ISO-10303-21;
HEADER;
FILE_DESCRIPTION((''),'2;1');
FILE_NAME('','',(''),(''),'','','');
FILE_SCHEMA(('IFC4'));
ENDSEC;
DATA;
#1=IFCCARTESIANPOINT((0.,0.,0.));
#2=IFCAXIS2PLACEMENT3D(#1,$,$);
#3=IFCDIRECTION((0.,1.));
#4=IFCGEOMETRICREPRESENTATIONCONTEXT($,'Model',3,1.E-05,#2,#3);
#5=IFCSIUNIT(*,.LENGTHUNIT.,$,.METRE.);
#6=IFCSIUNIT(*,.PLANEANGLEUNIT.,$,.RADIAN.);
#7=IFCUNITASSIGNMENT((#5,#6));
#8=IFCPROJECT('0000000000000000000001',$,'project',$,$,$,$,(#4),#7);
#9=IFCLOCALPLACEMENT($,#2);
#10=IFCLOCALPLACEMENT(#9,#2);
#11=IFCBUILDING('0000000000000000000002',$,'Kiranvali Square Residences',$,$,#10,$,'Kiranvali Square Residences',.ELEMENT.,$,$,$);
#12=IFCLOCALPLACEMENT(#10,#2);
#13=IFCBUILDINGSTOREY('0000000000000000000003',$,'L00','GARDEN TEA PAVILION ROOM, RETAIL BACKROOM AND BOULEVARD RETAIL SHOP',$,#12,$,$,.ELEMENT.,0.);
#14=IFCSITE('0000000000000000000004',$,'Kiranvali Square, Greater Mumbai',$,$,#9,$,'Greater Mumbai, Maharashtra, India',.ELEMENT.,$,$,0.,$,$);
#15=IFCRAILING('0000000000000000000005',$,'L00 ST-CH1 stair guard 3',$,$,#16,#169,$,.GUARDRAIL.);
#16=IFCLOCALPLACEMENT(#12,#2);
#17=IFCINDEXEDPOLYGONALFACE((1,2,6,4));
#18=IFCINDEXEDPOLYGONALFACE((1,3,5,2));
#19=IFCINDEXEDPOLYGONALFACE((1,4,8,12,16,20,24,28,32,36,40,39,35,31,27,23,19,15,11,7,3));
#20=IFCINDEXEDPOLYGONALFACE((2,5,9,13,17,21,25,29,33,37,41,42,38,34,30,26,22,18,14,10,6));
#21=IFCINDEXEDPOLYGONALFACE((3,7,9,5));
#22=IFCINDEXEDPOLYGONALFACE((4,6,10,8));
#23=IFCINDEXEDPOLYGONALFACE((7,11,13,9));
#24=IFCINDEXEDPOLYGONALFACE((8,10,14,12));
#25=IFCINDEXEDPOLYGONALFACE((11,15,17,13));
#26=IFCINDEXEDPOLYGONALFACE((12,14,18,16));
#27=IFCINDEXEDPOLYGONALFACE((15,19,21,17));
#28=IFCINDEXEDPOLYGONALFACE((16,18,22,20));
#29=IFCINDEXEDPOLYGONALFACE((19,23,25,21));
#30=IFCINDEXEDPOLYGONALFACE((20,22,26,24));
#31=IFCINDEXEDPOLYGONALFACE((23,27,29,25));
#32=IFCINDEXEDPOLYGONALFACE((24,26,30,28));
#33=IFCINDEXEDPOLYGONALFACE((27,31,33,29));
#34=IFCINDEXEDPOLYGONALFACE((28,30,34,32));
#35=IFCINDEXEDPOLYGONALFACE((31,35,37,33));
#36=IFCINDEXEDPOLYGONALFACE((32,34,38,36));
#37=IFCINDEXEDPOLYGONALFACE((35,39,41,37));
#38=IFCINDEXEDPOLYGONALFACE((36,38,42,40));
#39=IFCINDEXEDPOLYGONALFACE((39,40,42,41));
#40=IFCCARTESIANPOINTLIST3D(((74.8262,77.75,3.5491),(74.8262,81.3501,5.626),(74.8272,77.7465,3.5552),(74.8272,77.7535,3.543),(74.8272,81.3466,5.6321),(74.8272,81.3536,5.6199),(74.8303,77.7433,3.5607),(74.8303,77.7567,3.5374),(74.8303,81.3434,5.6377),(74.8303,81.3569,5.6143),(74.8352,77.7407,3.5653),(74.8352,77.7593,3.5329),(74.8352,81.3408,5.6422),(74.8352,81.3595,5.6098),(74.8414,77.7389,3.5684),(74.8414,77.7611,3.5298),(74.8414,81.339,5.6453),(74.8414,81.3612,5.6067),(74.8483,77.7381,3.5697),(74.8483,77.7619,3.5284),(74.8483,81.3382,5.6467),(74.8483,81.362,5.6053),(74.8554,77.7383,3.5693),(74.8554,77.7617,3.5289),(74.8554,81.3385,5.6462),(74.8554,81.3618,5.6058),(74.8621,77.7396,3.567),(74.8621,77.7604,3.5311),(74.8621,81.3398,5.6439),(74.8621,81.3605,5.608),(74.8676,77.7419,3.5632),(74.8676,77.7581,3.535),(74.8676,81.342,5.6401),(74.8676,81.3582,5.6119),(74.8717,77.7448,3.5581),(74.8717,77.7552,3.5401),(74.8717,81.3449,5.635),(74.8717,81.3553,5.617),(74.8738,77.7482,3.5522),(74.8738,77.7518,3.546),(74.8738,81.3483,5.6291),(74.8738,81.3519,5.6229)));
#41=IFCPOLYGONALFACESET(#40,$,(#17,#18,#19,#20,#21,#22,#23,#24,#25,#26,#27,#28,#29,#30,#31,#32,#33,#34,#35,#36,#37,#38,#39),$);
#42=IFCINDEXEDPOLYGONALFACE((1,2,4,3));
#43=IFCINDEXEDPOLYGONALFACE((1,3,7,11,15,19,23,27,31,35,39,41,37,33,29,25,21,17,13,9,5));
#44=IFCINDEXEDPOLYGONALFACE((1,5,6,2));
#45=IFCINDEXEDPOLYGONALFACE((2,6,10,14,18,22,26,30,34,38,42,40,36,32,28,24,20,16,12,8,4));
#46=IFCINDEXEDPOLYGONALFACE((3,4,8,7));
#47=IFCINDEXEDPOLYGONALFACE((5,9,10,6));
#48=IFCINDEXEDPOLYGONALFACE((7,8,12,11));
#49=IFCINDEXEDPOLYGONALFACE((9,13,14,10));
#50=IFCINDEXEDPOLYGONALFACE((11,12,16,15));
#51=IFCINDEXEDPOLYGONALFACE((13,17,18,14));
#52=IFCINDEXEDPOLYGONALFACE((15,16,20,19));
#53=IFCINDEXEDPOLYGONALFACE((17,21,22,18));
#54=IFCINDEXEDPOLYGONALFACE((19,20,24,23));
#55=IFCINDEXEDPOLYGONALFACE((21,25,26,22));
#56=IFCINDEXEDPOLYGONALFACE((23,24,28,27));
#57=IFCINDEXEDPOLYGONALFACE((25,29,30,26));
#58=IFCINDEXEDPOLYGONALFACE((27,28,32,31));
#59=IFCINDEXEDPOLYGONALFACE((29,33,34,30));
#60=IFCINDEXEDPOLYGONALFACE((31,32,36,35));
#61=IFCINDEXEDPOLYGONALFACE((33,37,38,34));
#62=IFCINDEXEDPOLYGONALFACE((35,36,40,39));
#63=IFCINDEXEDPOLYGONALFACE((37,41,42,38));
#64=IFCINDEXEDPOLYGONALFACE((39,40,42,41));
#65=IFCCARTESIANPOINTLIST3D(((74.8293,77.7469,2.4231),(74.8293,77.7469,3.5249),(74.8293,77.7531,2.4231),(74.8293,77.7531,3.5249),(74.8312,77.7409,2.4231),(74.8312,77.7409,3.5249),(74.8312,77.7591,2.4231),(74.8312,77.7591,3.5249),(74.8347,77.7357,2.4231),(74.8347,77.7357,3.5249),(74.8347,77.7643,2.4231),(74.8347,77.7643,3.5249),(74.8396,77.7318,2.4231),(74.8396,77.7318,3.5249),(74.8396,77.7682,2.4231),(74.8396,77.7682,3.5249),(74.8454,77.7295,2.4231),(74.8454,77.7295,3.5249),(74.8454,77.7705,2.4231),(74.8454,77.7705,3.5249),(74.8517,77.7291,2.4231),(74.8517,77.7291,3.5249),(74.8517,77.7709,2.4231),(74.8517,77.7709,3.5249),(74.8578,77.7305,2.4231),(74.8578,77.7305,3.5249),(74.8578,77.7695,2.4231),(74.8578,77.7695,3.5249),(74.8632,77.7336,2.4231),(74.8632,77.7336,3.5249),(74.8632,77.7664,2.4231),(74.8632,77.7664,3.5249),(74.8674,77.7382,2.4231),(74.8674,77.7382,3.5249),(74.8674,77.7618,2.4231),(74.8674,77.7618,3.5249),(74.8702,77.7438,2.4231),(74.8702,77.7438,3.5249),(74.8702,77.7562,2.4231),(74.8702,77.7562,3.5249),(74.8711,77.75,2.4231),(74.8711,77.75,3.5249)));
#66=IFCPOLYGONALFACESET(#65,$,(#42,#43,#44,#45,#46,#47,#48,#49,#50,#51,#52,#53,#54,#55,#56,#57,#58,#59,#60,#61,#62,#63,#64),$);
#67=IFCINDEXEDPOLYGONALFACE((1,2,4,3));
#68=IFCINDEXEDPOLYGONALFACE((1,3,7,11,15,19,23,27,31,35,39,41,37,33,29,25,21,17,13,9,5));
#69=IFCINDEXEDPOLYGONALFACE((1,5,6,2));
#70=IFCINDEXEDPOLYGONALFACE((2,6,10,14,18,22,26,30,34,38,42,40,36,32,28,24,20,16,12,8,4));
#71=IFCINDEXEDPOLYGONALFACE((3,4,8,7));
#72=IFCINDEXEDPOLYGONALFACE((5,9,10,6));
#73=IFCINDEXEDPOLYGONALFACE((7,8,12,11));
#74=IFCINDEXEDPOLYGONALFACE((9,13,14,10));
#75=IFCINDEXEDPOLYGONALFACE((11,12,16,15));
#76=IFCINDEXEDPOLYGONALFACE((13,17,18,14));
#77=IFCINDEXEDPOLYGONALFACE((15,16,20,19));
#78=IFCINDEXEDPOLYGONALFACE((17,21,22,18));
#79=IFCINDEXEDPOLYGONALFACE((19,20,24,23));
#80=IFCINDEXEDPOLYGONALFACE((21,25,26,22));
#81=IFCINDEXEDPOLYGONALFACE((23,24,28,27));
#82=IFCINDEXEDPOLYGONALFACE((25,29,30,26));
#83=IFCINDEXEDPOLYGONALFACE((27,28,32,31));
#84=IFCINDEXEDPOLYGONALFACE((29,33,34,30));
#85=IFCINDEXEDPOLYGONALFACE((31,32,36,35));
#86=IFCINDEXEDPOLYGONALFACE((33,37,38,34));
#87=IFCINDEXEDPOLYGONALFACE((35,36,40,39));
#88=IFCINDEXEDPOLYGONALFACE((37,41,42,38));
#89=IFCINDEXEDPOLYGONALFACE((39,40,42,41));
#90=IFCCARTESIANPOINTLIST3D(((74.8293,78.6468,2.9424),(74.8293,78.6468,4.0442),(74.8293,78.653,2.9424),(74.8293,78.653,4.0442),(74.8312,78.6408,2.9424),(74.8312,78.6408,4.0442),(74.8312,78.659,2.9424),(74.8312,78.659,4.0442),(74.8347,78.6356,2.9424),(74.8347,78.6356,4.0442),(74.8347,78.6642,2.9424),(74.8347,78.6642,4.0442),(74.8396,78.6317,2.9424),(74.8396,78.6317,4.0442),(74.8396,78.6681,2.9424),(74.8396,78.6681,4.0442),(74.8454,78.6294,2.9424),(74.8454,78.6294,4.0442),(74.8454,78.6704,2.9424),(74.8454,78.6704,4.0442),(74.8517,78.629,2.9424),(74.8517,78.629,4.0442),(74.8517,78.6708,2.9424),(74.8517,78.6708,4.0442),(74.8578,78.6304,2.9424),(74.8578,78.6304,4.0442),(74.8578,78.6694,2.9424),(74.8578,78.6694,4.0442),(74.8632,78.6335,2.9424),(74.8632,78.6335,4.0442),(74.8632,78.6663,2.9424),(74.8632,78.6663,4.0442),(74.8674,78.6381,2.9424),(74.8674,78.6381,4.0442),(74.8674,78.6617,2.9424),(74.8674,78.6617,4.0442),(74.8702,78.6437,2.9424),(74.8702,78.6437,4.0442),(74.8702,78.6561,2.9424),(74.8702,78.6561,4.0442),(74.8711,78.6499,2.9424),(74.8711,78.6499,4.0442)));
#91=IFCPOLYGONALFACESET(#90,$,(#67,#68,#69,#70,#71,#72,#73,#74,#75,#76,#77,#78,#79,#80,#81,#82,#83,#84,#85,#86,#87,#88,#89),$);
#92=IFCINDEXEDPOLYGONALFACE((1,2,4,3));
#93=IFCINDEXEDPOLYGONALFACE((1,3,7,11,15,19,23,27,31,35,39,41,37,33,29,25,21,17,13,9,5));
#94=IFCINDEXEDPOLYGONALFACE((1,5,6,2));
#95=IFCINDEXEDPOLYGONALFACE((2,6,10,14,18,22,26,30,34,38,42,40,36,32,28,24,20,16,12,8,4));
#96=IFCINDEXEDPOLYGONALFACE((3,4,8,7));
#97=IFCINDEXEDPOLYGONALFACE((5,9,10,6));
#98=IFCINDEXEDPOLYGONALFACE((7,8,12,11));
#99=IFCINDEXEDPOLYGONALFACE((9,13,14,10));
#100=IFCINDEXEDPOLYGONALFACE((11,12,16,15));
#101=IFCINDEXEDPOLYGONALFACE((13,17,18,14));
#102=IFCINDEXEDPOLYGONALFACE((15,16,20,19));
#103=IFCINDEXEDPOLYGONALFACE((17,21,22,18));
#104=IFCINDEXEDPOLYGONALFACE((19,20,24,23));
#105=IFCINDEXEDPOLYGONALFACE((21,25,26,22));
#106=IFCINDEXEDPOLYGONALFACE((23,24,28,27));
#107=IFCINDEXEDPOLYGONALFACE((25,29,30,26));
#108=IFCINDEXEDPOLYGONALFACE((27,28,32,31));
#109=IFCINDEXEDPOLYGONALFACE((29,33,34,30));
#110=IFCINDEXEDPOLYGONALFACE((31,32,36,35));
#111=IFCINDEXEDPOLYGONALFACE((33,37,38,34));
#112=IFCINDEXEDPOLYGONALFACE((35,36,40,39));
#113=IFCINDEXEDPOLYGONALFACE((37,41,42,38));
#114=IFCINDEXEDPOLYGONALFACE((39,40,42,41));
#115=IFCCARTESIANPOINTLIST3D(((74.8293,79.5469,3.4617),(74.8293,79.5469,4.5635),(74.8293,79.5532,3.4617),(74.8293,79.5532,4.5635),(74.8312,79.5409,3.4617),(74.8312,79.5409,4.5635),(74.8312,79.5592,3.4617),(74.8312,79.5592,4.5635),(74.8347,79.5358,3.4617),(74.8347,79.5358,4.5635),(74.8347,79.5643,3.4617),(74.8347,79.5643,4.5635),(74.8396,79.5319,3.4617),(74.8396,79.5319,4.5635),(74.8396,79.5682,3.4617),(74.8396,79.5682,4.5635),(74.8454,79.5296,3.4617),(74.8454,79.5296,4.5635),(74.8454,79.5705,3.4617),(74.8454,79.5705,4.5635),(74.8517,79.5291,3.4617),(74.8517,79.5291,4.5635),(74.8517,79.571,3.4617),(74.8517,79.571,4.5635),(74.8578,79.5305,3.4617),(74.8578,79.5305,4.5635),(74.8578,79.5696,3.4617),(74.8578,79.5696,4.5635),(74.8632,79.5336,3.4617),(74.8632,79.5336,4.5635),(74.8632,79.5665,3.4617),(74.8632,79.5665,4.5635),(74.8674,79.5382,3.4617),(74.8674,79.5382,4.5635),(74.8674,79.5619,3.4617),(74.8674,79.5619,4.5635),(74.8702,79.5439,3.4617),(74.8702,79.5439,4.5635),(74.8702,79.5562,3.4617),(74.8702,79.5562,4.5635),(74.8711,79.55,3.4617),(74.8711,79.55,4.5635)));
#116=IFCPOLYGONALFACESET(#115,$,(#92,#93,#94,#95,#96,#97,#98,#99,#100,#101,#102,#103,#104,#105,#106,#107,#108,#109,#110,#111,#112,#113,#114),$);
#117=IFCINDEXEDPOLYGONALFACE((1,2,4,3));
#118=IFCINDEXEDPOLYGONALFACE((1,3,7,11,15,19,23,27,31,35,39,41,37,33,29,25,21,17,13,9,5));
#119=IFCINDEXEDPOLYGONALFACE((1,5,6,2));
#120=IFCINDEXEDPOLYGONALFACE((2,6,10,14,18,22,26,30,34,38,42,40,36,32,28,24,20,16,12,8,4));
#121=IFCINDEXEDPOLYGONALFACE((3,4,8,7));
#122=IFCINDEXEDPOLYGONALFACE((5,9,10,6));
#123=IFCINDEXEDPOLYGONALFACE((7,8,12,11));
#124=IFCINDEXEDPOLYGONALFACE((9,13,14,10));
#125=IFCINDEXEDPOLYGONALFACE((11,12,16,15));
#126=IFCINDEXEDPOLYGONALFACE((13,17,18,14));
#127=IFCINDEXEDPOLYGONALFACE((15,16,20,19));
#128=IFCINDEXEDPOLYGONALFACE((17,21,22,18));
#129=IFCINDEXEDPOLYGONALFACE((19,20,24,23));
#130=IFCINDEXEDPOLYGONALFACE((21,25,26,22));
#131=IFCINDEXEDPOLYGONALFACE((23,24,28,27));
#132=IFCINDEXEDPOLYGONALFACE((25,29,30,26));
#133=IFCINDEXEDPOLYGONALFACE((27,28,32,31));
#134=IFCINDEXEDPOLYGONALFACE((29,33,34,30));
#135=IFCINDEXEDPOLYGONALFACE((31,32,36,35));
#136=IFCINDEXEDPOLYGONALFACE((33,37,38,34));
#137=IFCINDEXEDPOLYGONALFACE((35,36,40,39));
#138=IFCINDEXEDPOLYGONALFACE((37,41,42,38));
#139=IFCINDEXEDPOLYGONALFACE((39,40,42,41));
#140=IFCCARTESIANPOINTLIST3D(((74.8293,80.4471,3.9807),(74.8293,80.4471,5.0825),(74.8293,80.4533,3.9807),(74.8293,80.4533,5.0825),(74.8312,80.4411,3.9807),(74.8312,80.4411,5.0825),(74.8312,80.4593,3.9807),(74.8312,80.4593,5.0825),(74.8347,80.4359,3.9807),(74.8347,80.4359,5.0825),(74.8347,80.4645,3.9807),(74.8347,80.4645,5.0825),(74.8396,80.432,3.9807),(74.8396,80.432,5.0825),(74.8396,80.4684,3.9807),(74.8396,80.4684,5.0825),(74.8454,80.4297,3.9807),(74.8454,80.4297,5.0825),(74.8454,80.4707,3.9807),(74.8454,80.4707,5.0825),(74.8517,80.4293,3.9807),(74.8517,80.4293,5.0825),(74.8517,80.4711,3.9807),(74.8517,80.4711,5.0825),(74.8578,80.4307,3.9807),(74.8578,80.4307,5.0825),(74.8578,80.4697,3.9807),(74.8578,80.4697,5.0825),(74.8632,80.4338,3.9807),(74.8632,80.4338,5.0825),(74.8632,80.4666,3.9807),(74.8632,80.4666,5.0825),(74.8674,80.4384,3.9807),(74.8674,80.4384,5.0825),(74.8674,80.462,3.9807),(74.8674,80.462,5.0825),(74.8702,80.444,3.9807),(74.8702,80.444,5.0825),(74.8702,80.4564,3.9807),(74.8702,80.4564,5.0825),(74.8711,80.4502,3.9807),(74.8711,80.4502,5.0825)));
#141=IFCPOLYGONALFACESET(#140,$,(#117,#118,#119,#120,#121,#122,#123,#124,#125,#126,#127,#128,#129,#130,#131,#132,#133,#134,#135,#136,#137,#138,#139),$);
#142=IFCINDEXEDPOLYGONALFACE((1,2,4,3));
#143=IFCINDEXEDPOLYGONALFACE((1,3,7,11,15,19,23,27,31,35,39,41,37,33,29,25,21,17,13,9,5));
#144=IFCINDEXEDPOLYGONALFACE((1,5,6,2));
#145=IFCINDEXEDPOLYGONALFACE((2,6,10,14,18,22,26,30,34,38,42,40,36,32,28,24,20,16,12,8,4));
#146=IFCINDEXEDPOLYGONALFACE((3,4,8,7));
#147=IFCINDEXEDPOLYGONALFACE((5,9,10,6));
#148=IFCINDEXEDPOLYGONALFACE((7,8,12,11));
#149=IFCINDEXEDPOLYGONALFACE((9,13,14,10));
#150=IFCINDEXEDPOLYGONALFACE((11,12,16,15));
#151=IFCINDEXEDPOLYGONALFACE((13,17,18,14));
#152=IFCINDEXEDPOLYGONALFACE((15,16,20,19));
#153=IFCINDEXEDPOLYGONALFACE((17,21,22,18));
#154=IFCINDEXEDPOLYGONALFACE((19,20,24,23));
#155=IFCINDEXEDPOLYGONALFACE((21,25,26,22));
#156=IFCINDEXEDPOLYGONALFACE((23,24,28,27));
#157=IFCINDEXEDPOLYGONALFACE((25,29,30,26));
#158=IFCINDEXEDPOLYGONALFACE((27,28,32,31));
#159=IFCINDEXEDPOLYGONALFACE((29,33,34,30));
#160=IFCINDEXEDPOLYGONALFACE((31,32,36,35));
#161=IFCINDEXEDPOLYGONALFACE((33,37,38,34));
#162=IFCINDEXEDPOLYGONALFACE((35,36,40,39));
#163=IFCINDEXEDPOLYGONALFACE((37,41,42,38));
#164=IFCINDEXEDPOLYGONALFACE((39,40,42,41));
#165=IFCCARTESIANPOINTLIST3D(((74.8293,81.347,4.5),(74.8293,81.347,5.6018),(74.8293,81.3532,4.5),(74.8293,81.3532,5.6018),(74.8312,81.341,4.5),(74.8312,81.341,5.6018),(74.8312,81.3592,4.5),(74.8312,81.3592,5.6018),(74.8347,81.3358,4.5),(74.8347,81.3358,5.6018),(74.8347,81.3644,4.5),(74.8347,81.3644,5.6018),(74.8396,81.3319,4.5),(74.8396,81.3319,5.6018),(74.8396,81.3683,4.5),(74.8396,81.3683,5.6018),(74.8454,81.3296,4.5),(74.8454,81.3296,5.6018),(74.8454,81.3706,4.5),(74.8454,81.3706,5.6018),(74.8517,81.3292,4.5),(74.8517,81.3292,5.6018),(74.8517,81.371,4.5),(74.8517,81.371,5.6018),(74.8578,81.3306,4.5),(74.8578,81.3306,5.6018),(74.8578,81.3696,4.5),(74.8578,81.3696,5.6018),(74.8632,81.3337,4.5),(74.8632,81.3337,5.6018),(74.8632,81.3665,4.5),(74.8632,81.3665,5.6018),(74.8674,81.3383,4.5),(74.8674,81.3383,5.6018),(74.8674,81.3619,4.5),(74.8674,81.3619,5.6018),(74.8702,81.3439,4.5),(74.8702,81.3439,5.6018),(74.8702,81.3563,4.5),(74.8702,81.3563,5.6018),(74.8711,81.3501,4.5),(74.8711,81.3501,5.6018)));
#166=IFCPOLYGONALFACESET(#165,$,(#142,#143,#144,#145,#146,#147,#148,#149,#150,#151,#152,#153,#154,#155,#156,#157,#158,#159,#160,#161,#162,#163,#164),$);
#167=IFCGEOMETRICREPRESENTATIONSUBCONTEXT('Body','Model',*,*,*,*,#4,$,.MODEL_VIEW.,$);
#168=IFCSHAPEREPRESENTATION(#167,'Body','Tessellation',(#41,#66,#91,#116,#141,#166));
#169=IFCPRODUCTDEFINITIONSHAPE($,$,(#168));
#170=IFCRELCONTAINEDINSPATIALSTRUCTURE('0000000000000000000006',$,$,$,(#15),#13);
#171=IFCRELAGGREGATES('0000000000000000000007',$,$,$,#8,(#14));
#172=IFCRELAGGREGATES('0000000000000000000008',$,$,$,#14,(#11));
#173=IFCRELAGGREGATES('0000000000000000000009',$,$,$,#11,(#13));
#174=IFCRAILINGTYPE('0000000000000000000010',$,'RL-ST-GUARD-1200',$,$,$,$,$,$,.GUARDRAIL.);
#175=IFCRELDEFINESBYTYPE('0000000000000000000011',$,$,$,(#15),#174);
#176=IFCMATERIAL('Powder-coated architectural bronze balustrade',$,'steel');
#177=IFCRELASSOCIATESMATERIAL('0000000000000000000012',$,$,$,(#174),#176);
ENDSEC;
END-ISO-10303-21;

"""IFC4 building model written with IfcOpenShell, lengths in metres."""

from ifc_helpers import new_model, si_unit, direction, frame, origin, origin_2d, place, context, subcontext, project, spatial, circle, extrude, material, type_object, element, save


model = new_model("IFC4")

# Units and contexts
model_context = context("Model", 3, precision=1e-05, world=origin(), true_north=direction((0.0, 1.0)))
body_context = subcontext(model_context, "Body", "Model", "MODEL_VIEW")
ifc_project = project(units=[si_unit("LENGTHUNIT", "METRE"), si_unit("PLANEANGLEUNIT", "RADIAN")], contexts=[model_context])

# Site, building, storey
site_placement = place(None, origin())
site = spatial("IfcSite", under=ifc_project, at=site_placement, Name="Kiranvali Square, Greater Mumbai", LongName="Greater Mumbai, Maharashtra, India", CompositionType="ELEMENT", RefElevation=0.0)
building_placement = place(site_placement, origin())
building = spatial("IfcBuilding", under=site, at=building_placement, Name="Kiranvali Square Residences", LongName="Kiranvali Square Residences", CompositionType="ELEMENT")
storey_placement = place(building_placement, origin())
storey = spatial("IfcBuildingStorey", under=building, at=storey_placement, Name="L00", Description="GARDEN TEA PAVILION ROOM, RETAIL BACKROOM AND BOULEVARD RETAIL SHOP", CompositionType="ELEMENT", Elevation=0.0)

# Railing
ifc_material_1 = material(Name="Powder-coated architectural bronze balustrade", Category="steel")
railing_type_1 = type_object("IfcRailingType", Name="RL-ST-GUARD-1200", PredefinedType="GUARDRAIL", material=ifc_material_1)
railing_1_placement = place(storey_placement, frame((74.8501, 77.75, 2.4231)))
element("IfcRailing", 1, at=railing_1_placement, inside=storey, type_object=railing_type_1, Name="L00 ST-CH1 stair guard 3", PredefinedType="GUARDRAIL", context=body_context, shape_type="SweptSolid", body=[
    extrude(circle(Radius=0.0239, at=origin_2d()), frame((0.0, 0.0, 1.126), z_axis=(0.0, 0.866193, 0.499709), x_axis=(-1.0, 0.0, 0.0)), (0.0, 0.0, 1.0), 4.1562),
    extrude(circle(Radius=0.021, at=origin_2d()), origin(), (0.0, 0.0, 1.0), 1.1018),
    extrude(circle(Radius=0.021, at=origin_2d()), frame((0.0, 0.8999, 0.5193)), (0.0, 0.0, 1.0), 1.1018),
    extrude(circle(Radius=0.021, at=origin_2d()), frame((0.0, 1.8, 1.0386)), (0.0, 0.0, 1.0), 1.1018),
    extrude(circle(Radius=0.021, at=origin_2d()), frame((0.0, 2.7002, 1.5576)), (0.0, 0.0, 1.0), 1.1018),
    extrude(circle(Radius=0.021, at=origin_2d()), frame((0.0, 3.6001, 2.0769)), (0.0, 0.0, 1.0), 1.1018),
])

save(model, "model.ifc")
